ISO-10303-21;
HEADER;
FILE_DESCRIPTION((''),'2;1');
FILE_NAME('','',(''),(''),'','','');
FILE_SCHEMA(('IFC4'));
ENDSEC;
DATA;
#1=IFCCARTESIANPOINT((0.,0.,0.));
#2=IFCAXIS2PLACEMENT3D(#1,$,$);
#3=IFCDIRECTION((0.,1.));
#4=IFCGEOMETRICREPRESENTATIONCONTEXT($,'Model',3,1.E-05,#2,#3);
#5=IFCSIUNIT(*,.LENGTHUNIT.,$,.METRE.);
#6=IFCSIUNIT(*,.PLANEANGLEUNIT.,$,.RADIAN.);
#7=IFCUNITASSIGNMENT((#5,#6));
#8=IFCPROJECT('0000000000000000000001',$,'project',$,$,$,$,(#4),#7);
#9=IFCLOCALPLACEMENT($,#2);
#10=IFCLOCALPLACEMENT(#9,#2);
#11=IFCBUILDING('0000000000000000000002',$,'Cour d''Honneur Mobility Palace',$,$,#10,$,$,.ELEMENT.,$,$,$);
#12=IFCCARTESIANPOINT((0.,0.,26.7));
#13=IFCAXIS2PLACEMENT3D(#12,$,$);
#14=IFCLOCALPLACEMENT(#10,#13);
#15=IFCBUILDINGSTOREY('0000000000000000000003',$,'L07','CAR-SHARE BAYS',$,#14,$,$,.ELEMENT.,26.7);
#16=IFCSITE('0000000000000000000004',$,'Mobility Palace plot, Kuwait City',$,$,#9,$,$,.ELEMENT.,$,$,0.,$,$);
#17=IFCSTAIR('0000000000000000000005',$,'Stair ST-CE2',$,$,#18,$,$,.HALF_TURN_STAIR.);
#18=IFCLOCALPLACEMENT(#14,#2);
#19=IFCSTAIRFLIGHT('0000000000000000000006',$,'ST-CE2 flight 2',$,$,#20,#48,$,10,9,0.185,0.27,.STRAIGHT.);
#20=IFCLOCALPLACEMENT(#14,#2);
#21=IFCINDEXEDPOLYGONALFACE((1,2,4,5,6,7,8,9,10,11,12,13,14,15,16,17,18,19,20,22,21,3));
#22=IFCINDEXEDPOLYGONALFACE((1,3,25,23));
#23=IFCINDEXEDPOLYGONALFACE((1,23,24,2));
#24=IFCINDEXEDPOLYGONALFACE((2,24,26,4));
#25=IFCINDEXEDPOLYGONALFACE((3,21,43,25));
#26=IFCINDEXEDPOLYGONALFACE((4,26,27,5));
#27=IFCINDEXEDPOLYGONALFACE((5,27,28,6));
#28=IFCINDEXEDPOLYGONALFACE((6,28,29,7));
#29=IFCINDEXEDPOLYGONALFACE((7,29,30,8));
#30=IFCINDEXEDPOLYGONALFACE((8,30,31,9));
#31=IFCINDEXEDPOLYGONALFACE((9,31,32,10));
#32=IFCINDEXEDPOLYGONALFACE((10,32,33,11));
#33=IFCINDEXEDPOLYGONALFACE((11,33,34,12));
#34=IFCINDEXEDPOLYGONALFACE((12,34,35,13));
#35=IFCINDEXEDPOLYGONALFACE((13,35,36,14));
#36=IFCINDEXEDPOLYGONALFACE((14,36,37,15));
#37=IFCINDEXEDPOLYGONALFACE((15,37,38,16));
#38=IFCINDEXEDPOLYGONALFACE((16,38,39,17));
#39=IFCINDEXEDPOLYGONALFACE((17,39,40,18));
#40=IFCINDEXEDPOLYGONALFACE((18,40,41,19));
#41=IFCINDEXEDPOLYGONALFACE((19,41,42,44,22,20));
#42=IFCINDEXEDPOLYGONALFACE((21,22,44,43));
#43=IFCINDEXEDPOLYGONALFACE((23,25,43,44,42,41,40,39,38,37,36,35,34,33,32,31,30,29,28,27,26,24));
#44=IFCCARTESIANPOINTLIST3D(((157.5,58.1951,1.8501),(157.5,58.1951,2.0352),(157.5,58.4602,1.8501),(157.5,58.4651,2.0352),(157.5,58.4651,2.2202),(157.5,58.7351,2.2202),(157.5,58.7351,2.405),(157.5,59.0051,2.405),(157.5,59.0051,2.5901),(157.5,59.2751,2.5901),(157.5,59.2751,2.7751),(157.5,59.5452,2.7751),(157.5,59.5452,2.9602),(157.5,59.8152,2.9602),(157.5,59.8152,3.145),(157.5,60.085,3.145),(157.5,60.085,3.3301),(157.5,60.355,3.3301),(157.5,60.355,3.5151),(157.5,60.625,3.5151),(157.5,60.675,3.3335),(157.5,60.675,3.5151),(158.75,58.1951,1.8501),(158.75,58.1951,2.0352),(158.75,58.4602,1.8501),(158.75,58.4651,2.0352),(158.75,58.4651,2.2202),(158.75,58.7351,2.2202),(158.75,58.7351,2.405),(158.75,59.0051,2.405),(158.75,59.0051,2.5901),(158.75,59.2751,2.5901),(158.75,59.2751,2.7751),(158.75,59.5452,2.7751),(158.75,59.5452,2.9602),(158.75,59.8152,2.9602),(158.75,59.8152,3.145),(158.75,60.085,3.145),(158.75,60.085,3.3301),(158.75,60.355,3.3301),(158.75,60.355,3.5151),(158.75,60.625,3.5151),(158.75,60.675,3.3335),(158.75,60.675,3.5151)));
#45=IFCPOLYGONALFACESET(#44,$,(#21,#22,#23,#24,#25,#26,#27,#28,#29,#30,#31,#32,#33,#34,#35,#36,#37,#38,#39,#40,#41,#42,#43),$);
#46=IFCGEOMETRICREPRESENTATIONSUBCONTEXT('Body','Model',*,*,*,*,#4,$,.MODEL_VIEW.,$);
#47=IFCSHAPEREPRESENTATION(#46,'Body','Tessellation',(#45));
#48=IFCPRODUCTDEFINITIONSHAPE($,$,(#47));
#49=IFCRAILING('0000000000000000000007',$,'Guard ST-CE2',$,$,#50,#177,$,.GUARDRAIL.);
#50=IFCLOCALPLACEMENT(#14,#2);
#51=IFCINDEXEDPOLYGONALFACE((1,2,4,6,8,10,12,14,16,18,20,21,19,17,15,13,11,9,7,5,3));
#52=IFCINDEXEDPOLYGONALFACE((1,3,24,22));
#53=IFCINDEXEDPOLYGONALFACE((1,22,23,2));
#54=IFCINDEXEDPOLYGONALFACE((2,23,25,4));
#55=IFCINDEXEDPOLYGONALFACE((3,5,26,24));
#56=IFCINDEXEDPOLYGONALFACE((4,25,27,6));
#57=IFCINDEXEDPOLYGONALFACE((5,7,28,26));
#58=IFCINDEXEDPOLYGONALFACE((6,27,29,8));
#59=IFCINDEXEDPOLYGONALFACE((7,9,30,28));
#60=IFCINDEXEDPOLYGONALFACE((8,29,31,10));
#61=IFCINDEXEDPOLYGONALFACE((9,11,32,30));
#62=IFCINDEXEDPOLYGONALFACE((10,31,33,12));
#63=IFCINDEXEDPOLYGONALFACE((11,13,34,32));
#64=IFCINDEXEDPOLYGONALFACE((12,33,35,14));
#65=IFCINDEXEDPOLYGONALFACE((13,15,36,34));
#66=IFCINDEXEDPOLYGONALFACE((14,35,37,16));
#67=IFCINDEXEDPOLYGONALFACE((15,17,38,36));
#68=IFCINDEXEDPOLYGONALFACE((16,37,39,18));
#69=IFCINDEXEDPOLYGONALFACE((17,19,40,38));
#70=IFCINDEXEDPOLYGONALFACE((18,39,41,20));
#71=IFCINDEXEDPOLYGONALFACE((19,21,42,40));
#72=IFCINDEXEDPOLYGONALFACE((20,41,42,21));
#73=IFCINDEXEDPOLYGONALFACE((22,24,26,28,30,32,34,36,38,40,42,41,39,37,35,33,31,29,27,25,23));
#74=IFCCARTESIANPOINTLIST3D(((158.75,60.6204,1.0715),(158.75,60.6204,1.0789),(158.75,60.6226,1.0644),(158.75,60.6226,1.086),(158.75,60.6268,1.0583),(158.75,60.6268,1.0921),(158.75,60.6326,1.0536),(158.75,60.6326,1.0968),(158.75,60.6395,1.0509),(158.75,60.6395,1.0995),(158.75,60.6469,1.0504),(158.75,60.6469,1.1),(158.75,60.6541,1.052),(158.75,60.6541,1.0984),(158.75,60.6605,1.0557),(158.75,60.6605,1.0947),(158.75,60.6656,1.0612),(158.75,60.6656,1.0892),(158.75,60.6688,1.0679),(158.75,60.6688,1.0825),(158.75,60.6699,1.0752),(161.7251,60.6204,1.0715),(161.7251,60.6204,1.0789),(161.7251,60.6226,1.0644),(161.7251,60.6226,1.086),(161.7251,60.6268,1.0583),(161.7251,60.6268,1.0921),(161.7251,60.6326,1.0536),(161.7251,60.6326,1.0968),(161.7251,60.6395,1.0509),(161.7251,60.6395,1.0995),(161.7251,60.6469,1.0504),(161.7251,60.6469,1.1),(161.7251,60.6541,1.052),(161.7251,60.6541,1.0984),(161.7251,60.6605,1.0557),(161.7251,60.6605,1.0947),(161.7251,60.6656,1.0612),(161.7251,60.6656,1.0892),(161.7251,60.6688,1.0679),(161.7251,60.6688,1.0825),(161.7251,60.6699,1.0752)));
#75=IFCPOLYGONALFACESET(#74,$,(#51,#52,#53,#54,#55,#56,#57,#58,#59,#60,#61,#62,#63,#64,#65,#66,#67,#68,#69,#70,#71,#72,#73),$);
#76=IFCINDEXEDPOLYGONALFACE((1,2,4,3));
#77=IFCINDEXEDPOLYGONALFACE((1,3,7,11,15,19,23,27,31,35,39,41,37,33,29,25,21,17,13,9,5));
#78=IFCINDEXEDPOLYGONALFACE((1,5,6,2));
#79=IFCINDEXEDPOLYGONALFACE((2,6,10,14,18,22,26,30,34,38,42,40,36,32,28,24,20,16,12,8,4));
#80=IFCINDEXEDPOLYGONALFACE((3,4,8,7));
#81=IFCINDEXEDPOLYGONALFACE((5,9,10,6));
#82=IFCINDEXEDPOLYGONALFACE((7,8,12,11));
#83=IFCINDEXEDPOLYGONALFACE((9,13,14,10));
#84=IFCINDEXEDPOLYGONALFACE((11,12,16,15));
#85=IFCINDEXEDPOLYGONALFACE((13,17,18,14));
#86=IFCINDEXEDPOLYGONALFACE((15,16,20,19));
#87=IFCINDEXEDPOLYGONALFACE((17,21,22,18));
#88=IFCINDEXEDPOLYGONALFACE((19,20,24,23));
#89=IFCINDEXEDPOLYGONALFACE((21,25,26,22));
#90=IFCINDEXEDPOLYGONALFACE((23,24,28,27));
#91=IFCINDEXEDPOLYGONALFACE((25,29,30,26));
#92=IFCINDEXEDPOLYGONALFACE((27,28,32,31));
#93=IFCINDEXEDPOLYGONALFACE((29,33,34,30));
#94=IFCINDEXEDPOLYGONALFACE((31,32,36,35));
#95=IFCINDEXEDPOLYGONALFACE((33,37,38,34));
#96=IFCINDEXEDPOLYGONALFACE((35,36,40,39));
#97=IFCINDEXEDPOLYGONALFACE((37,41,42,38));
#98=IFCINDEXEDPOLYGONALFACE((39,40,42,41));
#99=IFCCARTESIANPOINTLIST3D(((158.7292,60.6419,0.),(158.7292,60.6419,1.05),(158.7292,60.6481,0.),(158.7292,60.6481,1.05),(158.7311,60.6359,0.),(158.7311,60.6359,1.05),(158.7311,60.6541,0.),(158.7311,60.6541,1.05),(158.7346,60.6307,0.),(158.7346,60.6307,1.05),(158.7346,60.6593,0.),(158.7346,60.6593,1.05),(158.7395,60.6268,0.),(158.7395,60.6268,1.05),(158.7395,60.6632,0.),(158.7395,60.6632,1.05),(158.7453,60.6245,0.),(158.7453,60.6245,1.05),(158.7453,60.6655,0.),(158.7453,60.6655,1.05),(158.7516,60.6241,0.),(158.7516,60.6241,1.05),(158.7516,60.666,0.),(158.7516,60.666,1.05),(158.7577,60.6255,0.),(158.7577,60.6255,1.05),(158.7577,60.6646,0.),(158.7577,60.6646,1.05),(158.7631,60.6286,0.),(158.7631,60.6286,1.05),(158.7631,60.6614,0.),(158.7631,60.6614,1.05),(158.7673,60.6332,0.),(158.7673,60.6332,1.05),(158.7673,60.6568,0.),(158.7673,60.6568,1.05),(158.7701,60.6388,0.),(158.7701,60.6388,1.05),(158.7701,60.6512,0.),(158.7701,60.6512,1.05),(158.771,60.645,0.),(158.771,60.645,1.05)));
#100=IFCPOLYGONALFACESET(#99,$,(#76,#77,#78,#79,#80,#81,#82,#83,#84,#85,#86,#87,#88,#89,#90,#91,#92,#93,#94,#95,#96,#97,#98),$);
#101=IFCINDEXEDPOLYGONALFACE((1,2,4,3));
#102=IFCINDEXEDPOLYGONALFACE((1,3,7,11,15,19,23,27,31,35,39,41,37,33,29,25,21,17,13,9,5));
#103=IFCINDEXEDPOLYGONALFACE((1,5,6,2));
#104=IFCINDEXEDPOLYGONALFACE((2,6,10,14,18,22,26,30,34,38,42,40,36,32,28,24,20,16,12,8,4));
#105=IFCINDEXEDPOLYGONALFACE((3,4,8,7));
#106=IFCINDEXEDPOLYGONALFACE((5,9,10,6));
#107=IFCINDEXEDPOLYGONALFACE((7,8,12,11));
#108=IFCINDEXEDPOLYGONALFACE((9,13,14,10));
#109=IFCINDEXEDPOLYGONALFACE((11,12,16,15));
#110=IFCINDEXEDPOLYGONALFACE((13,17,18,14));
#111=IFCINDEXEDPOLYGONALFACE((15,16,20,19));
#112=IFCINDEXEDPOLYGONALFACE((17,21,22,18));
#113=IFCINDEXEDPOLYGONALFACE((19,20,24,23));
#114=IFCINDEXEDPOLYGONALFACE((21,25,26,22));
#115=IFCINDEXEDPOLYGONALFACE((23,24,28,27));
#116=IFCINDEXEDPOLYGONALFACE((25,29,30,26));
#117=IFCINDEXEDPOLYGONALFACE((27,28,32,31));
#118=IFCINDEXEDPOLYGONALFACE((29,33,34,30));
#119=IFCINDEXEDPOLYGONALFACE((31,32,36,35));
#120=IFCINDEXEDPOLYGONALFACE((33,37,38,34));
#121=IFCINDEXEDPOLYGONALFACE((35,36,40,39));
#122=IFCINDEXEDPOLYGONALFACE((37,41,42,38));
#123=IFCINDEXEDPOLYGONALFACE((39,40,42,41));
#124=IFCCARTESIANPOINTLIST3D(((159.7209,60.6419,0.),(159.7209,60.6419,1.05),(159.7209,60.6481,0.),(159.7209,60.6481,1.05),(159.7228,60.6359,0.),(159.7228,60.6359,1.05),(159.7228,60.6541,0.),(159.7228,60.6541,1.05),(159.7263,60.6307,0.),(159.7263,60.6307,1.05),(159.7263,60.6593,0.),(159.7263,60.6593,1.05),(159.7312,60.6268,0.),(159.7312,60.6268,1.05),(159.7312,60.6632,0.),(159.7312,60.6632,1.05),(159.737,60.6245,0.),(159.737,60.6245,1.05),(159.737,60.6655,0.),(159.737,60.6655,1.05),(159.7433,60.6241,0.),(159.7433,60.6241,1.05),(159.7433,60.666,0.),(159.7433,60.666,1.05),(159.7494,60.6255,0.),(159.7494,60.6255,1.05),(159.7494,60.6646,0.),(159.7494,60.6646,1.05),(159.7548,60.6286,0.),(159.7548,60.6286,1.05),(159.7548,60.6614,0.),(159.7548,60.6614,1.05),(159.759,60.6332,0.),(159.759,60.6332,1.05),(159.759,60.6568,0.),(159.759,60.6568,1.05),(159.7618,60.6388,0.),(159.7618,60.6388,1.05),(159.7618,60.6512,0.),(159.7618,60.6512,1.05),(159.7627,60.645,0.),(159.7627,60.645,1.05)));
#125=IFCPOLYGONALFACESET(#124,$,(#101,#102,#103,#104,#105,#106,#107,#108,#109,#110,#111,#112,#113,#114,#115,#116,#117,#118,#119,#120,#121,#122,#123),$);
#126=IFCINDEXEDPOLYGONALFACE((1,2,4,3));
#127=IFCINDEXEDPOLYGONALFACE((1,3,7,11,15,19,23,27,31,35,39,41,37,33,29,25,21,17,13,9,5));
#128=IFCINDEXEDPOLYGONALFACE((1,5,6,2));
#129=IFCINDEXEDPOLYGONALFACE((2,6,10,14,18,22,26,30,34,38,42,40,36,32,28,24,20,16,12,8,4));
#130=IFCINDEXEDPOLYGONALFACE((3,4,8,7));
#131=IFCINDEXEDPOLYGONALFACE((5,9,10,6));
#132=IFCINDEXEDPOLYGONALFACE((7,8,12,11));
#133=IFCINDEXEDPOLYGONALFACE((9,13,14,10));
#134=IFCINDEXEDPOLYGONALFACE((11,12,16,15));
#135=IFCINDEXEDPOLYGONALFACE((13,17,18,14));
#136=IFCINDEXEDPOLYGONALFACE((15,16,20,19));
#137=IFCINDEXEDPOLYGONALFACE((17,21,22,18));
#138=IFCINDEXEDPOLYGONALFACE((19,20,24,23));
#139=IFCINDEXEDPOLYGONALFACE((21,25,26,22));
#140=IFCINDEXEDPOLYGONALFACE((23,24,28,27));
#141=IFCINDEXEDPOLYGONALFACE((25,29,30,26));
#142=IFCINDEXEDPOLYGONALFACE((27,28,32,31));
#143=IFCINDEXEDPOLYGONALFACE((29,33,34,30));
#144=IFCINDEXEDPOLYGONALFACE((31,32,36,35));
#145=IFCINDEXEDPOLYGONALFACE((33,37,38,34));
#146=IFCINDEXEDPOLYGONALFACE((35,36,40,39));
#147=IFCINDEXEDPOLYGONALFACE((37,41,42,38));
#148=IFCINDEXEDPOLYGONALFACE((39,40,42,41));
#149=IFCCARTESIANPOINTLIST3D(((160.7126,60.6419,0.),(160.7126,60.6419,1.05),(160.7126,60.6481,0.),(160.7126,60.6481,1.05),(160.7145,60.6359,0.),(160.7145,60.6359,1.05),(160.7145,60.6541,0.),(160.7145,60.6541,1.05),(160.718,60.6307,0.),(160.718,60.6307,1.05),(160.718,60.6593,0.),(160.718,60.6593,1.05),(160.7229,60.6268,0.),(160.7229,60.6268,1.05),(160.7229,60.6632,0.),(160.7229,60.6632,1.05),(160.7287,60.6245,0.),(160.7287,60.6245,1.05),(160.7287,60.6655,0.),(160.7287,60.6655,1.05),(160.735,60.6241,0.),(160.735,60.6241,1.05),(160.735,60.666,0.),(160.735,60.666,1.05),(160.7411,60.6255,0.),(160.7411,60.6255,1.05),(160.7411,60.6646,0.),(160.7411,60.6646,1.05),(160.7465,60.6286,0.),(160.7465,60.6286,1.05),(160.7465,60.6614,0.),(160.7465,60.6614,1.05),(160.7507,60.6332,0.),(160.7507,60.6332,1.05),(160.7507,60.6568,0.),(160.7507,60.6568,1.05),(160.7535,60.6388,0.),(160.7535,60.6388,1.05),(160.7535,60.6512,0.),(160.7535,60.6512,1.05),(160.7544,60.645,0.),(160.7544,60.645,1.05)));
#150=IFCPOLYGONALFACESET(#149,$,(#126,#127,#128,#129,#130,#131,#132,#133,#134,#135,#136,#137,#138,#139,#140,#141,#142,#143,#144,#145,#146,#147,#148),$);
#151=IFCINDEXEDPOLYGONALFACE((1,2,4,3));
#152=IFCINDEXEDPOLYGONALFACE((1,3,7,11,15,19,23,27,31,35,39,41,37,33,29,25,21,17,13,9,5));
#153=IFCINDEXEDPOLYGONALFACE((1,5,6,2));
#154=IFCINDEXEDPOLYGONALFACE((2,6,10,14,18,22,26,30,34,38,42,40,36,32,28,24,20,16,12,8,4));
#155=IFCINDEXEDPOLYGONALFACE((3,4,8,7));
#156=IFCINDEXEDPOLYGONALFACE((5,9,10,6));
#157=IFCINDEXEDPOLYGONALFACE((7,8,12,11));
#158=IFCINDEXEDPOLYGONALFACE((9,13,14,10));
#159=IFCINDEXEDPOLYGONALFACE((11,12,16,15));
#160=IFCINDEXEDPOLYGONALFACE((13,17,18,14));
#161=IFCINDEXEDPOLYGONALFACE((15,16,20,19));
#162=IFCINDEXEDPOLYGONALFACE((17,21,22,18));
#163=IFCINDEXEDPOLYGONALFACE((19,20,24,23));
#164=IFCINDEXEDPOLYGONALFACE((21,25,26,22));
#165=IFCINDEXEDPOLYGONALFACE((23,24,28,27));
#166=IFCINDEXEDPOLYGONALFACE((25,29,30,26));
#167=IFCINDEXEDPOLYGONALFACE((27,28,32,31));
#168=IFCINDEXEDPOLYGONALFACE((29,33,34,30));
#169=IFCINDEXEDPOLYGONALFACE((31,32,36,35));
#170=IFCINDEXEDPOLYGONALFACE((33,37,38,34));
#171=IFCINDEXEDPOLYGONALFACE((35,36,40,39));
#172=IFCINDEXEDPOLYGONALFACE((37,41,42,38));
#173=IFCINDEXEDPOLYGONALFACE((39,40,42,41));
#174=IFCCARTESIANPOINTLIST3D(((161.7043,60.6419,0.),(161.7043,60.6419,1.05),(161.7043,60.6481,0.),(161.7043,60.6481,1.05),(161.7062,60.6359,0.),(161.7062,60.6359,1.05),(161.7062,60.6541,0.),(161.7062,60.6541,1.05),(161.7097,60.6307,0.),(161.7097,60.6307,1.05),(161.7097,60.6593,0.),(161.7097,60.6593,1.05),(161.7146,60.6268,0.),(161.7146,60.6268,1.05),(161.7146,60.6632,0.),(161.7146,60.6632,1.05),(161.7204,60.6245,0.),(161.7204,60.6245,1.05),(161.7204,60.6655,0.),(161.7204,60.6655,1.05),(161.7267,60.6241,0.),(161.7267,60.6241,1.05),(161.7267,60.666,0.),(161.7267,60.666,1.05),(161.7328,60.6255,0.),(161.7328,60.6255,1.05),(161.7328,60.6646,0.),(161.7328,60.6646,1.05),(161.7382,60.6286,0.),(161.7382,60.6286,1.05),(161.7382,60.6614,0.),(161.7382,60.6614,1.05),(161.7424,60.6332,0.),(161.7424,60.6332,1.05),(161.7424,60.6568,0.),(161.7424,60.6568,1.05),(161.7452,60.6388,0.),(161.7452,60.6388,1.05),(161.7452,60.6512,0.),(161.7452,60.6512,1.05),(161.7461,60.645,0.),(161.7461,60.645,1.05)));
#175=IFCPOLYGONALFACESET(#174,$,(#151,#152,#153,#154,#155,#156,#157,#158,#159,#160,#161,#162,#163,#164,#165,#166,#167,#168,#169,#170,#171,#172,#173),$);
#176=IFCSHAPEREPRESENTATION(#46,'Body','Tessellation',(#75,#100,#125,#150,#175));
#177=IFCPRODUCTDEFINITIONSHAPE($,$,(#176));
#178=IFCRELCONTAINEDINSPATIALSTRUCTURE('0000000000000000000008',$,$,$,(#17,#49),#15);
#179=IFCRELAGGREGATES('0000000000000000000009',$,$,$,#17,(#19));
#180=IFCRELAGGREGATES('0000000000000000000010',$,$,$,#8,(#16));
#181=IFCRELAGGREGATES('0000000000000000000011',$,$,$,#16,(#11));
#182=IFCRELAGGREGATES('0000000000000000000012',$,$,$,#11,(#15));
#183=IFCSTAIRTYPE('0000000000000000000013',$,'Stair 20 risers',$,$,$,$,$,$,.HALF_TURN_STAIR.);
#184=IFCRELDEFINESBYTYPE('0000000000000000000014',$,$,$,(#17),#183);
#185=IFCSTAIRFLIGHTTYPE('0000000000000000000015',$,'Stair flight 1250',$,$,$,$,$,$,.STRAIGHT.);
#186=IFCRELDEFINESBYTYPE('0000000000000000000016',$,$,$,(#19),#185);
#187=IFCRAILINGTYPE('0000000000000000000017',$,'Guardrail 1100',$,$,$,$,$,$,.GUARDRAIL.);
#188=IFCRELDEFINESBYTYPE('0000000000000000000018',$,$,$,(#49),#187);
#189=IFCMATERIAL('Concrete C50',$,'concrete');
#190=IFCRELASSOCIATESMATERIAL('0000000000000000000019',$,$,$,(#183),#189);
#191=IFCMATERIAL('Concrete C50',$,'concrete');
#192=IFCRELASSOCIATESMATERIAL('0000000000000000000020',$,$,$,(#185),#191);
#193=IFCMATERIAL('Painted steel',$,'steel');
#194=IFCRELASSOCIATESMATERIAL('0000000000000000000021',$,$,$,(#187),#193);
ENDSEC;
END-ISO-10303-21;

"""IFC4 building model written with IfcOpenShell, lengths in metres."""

from ifc_helpers import new_model, si_unit, direction, frame, origin, origin_2d, place, context, subcontext, project, spatial, polyline, circle, outline, extrude, material, type_object, element, aggregate, save


model = new_model("IFC4")

# Units and contexts
model_context = context("Model", 3, precision=1e-05, world=origin(), true_north=direction((0.0, 1.0)))
body_context = subcontext(model_context, "Body", "Model", "MODEL_VIEW")
ifc_project = project(units=[si_unit("LENGTHUNIT", "METRE"), si_unit("PLANEANGLEUNIT", "RADIAN")], contexts=[model_context])

# Site, building, storey
site_placement = place(None, origin())
site = spatial("IfcSite", under=ifc_project, at=site_placement, Name="Mobility Palace plot, Kuwait City", CompositionType="ELEMENT", RefElevation=0.0)
building_placement = place(site_placement, origin())
building = spatial("IfcBuilding", under=site, at=building_placement, Name="Cour d'Honneur Mobility Palace", CompositionType="ELEMENT")
storey_placement = place(building_placement, frame((0.0, 0.0, 26.7)))
storey = spatial("IfcBuildingStorey", under=building, at=storey_placement, Name="L07", Description="CAR-SHARE BAYS", CompositionType="ELEMENT", Elevation=26.7)

# Stair, stair flight
ifc_material_1 = material(Name="Concrete C50", Category="concrete")
stair_type = type_object("IfcStairType", Name="Stair 20 risers", PredefinedType="HALF_TURN_STAIR", material=ifc_material_1)
stair_placement = place(storey_placement, origin())
stair = element("IfcStair", 1, at=stair_placement, inside=storey, type_object=stair_type, Name="Stair ST-CE2", PredefinedType="HALF_TURN_STAIR")
ifc_material_2 = material(Name="Concrete C50", Category="concrete")
stair_flight_type = type_object("IfcStairFlightType", Name="Stair flight 1250", PredefinedType="STRAIGHT", material=ifc_material_2)
stair_flight_placement = place(storey_placement, frame((158.125, 58.1951, 1.8501), z_axis=(0.0, 0.0, 1.0), x_axis=(0.0, 1.0, 0.0)))
stair_flight = element("IfcStairFlight", 2, at=stair_flight_placement, type_object=stair_flight_type, Name="ST-CE2 flight 2", NumberOfRisers=10, NumberOfTreads=9, PredefinedType="STRAIGHT", RiserHeight=0.185, TreadLength=0.27, context=body_context, shape_type="SweptSolid", body=[
    extrude(outline(polyline([(0.0, 0.0), (0.0, 0.1851), (0.27, 0.1851), (0.27, 0.3701), (0.54, 0.3701), (0.54, 0.5549), (0.8101, 0.5549), (0.8101, 0.74), (1.0801, 0.74), (1.0801, 0.925), (1.3501, 0.925), (1.3501, 1.1101), (1.6201, 1.1101), (1.6201, 1.2949), (1.8899, 1.2949), (1.8899, 1.48), (2.1599, 1.48), (2.1599, 1.665), (2.4299, 1.665), (2.48, 1.665), (2.48, 1.4834), (0.2651, 0.0), (0.0, 0.0)])), frame((0.0, 0.625, 0.0), z_axis=(0.0, -1.0, 0.0), x_axis=(1.0, 0.0, 0.0)), (0.0, 0.0, 1.0), 1.25),
])
aggregate(stair, [stair_flight])

# Railing
ifc_material_3 = material(Name="Painted steel", Category="steel")
railing_type_1 = type_object("IfcRailingType", Name="Guardrail 1100", PredefinedType="GUARDRAIL", material=ifc_material_3)
railing_1_placement = place(storey_placement, frame((158.75, 60.645, 0.0)))
element("IfcRailing", 3, at=railing_1_placement, inside=storey, type_object=railing_type_1, Name="Guard ST-CE2", PredefinedType="GUARDRAIL", context=body_context, shape_type="SweptSolid", body=[
    extrude(circle(Radius=0.0249, at=origin_2d()), frame((0.0, 0.0, 1.0752), z_axis=(1.0, 0.0, 0.0), x_axis=(0.0, 1.0, 0.0)), (0.0, 0.0, 1.0), 2.9751),
    extrude(circle(Radius=0.021, at=origin_2d()), origin(), (0.0, 0.0, 1.0), 1.05),
    extrude(circle(Radius=0.021, at=origin_2d()), frame((0.9917, 0.0, 0.0)), (0.0, 0.0, 1.0), 1.05),
    extrude(circle(Radius=0.021, at=origin_2d()), frame((1.9834, 0.0, 0.0)), (0.0, 0.0, 1.0), 1.05),
    extrude(circle(Radius=0.021, at=origin_2d()), frame((2.9751, 0.0, 0.0)), (0.0, 0.0, 1.0), 1.05),
])

save(model, "model.ifc")
